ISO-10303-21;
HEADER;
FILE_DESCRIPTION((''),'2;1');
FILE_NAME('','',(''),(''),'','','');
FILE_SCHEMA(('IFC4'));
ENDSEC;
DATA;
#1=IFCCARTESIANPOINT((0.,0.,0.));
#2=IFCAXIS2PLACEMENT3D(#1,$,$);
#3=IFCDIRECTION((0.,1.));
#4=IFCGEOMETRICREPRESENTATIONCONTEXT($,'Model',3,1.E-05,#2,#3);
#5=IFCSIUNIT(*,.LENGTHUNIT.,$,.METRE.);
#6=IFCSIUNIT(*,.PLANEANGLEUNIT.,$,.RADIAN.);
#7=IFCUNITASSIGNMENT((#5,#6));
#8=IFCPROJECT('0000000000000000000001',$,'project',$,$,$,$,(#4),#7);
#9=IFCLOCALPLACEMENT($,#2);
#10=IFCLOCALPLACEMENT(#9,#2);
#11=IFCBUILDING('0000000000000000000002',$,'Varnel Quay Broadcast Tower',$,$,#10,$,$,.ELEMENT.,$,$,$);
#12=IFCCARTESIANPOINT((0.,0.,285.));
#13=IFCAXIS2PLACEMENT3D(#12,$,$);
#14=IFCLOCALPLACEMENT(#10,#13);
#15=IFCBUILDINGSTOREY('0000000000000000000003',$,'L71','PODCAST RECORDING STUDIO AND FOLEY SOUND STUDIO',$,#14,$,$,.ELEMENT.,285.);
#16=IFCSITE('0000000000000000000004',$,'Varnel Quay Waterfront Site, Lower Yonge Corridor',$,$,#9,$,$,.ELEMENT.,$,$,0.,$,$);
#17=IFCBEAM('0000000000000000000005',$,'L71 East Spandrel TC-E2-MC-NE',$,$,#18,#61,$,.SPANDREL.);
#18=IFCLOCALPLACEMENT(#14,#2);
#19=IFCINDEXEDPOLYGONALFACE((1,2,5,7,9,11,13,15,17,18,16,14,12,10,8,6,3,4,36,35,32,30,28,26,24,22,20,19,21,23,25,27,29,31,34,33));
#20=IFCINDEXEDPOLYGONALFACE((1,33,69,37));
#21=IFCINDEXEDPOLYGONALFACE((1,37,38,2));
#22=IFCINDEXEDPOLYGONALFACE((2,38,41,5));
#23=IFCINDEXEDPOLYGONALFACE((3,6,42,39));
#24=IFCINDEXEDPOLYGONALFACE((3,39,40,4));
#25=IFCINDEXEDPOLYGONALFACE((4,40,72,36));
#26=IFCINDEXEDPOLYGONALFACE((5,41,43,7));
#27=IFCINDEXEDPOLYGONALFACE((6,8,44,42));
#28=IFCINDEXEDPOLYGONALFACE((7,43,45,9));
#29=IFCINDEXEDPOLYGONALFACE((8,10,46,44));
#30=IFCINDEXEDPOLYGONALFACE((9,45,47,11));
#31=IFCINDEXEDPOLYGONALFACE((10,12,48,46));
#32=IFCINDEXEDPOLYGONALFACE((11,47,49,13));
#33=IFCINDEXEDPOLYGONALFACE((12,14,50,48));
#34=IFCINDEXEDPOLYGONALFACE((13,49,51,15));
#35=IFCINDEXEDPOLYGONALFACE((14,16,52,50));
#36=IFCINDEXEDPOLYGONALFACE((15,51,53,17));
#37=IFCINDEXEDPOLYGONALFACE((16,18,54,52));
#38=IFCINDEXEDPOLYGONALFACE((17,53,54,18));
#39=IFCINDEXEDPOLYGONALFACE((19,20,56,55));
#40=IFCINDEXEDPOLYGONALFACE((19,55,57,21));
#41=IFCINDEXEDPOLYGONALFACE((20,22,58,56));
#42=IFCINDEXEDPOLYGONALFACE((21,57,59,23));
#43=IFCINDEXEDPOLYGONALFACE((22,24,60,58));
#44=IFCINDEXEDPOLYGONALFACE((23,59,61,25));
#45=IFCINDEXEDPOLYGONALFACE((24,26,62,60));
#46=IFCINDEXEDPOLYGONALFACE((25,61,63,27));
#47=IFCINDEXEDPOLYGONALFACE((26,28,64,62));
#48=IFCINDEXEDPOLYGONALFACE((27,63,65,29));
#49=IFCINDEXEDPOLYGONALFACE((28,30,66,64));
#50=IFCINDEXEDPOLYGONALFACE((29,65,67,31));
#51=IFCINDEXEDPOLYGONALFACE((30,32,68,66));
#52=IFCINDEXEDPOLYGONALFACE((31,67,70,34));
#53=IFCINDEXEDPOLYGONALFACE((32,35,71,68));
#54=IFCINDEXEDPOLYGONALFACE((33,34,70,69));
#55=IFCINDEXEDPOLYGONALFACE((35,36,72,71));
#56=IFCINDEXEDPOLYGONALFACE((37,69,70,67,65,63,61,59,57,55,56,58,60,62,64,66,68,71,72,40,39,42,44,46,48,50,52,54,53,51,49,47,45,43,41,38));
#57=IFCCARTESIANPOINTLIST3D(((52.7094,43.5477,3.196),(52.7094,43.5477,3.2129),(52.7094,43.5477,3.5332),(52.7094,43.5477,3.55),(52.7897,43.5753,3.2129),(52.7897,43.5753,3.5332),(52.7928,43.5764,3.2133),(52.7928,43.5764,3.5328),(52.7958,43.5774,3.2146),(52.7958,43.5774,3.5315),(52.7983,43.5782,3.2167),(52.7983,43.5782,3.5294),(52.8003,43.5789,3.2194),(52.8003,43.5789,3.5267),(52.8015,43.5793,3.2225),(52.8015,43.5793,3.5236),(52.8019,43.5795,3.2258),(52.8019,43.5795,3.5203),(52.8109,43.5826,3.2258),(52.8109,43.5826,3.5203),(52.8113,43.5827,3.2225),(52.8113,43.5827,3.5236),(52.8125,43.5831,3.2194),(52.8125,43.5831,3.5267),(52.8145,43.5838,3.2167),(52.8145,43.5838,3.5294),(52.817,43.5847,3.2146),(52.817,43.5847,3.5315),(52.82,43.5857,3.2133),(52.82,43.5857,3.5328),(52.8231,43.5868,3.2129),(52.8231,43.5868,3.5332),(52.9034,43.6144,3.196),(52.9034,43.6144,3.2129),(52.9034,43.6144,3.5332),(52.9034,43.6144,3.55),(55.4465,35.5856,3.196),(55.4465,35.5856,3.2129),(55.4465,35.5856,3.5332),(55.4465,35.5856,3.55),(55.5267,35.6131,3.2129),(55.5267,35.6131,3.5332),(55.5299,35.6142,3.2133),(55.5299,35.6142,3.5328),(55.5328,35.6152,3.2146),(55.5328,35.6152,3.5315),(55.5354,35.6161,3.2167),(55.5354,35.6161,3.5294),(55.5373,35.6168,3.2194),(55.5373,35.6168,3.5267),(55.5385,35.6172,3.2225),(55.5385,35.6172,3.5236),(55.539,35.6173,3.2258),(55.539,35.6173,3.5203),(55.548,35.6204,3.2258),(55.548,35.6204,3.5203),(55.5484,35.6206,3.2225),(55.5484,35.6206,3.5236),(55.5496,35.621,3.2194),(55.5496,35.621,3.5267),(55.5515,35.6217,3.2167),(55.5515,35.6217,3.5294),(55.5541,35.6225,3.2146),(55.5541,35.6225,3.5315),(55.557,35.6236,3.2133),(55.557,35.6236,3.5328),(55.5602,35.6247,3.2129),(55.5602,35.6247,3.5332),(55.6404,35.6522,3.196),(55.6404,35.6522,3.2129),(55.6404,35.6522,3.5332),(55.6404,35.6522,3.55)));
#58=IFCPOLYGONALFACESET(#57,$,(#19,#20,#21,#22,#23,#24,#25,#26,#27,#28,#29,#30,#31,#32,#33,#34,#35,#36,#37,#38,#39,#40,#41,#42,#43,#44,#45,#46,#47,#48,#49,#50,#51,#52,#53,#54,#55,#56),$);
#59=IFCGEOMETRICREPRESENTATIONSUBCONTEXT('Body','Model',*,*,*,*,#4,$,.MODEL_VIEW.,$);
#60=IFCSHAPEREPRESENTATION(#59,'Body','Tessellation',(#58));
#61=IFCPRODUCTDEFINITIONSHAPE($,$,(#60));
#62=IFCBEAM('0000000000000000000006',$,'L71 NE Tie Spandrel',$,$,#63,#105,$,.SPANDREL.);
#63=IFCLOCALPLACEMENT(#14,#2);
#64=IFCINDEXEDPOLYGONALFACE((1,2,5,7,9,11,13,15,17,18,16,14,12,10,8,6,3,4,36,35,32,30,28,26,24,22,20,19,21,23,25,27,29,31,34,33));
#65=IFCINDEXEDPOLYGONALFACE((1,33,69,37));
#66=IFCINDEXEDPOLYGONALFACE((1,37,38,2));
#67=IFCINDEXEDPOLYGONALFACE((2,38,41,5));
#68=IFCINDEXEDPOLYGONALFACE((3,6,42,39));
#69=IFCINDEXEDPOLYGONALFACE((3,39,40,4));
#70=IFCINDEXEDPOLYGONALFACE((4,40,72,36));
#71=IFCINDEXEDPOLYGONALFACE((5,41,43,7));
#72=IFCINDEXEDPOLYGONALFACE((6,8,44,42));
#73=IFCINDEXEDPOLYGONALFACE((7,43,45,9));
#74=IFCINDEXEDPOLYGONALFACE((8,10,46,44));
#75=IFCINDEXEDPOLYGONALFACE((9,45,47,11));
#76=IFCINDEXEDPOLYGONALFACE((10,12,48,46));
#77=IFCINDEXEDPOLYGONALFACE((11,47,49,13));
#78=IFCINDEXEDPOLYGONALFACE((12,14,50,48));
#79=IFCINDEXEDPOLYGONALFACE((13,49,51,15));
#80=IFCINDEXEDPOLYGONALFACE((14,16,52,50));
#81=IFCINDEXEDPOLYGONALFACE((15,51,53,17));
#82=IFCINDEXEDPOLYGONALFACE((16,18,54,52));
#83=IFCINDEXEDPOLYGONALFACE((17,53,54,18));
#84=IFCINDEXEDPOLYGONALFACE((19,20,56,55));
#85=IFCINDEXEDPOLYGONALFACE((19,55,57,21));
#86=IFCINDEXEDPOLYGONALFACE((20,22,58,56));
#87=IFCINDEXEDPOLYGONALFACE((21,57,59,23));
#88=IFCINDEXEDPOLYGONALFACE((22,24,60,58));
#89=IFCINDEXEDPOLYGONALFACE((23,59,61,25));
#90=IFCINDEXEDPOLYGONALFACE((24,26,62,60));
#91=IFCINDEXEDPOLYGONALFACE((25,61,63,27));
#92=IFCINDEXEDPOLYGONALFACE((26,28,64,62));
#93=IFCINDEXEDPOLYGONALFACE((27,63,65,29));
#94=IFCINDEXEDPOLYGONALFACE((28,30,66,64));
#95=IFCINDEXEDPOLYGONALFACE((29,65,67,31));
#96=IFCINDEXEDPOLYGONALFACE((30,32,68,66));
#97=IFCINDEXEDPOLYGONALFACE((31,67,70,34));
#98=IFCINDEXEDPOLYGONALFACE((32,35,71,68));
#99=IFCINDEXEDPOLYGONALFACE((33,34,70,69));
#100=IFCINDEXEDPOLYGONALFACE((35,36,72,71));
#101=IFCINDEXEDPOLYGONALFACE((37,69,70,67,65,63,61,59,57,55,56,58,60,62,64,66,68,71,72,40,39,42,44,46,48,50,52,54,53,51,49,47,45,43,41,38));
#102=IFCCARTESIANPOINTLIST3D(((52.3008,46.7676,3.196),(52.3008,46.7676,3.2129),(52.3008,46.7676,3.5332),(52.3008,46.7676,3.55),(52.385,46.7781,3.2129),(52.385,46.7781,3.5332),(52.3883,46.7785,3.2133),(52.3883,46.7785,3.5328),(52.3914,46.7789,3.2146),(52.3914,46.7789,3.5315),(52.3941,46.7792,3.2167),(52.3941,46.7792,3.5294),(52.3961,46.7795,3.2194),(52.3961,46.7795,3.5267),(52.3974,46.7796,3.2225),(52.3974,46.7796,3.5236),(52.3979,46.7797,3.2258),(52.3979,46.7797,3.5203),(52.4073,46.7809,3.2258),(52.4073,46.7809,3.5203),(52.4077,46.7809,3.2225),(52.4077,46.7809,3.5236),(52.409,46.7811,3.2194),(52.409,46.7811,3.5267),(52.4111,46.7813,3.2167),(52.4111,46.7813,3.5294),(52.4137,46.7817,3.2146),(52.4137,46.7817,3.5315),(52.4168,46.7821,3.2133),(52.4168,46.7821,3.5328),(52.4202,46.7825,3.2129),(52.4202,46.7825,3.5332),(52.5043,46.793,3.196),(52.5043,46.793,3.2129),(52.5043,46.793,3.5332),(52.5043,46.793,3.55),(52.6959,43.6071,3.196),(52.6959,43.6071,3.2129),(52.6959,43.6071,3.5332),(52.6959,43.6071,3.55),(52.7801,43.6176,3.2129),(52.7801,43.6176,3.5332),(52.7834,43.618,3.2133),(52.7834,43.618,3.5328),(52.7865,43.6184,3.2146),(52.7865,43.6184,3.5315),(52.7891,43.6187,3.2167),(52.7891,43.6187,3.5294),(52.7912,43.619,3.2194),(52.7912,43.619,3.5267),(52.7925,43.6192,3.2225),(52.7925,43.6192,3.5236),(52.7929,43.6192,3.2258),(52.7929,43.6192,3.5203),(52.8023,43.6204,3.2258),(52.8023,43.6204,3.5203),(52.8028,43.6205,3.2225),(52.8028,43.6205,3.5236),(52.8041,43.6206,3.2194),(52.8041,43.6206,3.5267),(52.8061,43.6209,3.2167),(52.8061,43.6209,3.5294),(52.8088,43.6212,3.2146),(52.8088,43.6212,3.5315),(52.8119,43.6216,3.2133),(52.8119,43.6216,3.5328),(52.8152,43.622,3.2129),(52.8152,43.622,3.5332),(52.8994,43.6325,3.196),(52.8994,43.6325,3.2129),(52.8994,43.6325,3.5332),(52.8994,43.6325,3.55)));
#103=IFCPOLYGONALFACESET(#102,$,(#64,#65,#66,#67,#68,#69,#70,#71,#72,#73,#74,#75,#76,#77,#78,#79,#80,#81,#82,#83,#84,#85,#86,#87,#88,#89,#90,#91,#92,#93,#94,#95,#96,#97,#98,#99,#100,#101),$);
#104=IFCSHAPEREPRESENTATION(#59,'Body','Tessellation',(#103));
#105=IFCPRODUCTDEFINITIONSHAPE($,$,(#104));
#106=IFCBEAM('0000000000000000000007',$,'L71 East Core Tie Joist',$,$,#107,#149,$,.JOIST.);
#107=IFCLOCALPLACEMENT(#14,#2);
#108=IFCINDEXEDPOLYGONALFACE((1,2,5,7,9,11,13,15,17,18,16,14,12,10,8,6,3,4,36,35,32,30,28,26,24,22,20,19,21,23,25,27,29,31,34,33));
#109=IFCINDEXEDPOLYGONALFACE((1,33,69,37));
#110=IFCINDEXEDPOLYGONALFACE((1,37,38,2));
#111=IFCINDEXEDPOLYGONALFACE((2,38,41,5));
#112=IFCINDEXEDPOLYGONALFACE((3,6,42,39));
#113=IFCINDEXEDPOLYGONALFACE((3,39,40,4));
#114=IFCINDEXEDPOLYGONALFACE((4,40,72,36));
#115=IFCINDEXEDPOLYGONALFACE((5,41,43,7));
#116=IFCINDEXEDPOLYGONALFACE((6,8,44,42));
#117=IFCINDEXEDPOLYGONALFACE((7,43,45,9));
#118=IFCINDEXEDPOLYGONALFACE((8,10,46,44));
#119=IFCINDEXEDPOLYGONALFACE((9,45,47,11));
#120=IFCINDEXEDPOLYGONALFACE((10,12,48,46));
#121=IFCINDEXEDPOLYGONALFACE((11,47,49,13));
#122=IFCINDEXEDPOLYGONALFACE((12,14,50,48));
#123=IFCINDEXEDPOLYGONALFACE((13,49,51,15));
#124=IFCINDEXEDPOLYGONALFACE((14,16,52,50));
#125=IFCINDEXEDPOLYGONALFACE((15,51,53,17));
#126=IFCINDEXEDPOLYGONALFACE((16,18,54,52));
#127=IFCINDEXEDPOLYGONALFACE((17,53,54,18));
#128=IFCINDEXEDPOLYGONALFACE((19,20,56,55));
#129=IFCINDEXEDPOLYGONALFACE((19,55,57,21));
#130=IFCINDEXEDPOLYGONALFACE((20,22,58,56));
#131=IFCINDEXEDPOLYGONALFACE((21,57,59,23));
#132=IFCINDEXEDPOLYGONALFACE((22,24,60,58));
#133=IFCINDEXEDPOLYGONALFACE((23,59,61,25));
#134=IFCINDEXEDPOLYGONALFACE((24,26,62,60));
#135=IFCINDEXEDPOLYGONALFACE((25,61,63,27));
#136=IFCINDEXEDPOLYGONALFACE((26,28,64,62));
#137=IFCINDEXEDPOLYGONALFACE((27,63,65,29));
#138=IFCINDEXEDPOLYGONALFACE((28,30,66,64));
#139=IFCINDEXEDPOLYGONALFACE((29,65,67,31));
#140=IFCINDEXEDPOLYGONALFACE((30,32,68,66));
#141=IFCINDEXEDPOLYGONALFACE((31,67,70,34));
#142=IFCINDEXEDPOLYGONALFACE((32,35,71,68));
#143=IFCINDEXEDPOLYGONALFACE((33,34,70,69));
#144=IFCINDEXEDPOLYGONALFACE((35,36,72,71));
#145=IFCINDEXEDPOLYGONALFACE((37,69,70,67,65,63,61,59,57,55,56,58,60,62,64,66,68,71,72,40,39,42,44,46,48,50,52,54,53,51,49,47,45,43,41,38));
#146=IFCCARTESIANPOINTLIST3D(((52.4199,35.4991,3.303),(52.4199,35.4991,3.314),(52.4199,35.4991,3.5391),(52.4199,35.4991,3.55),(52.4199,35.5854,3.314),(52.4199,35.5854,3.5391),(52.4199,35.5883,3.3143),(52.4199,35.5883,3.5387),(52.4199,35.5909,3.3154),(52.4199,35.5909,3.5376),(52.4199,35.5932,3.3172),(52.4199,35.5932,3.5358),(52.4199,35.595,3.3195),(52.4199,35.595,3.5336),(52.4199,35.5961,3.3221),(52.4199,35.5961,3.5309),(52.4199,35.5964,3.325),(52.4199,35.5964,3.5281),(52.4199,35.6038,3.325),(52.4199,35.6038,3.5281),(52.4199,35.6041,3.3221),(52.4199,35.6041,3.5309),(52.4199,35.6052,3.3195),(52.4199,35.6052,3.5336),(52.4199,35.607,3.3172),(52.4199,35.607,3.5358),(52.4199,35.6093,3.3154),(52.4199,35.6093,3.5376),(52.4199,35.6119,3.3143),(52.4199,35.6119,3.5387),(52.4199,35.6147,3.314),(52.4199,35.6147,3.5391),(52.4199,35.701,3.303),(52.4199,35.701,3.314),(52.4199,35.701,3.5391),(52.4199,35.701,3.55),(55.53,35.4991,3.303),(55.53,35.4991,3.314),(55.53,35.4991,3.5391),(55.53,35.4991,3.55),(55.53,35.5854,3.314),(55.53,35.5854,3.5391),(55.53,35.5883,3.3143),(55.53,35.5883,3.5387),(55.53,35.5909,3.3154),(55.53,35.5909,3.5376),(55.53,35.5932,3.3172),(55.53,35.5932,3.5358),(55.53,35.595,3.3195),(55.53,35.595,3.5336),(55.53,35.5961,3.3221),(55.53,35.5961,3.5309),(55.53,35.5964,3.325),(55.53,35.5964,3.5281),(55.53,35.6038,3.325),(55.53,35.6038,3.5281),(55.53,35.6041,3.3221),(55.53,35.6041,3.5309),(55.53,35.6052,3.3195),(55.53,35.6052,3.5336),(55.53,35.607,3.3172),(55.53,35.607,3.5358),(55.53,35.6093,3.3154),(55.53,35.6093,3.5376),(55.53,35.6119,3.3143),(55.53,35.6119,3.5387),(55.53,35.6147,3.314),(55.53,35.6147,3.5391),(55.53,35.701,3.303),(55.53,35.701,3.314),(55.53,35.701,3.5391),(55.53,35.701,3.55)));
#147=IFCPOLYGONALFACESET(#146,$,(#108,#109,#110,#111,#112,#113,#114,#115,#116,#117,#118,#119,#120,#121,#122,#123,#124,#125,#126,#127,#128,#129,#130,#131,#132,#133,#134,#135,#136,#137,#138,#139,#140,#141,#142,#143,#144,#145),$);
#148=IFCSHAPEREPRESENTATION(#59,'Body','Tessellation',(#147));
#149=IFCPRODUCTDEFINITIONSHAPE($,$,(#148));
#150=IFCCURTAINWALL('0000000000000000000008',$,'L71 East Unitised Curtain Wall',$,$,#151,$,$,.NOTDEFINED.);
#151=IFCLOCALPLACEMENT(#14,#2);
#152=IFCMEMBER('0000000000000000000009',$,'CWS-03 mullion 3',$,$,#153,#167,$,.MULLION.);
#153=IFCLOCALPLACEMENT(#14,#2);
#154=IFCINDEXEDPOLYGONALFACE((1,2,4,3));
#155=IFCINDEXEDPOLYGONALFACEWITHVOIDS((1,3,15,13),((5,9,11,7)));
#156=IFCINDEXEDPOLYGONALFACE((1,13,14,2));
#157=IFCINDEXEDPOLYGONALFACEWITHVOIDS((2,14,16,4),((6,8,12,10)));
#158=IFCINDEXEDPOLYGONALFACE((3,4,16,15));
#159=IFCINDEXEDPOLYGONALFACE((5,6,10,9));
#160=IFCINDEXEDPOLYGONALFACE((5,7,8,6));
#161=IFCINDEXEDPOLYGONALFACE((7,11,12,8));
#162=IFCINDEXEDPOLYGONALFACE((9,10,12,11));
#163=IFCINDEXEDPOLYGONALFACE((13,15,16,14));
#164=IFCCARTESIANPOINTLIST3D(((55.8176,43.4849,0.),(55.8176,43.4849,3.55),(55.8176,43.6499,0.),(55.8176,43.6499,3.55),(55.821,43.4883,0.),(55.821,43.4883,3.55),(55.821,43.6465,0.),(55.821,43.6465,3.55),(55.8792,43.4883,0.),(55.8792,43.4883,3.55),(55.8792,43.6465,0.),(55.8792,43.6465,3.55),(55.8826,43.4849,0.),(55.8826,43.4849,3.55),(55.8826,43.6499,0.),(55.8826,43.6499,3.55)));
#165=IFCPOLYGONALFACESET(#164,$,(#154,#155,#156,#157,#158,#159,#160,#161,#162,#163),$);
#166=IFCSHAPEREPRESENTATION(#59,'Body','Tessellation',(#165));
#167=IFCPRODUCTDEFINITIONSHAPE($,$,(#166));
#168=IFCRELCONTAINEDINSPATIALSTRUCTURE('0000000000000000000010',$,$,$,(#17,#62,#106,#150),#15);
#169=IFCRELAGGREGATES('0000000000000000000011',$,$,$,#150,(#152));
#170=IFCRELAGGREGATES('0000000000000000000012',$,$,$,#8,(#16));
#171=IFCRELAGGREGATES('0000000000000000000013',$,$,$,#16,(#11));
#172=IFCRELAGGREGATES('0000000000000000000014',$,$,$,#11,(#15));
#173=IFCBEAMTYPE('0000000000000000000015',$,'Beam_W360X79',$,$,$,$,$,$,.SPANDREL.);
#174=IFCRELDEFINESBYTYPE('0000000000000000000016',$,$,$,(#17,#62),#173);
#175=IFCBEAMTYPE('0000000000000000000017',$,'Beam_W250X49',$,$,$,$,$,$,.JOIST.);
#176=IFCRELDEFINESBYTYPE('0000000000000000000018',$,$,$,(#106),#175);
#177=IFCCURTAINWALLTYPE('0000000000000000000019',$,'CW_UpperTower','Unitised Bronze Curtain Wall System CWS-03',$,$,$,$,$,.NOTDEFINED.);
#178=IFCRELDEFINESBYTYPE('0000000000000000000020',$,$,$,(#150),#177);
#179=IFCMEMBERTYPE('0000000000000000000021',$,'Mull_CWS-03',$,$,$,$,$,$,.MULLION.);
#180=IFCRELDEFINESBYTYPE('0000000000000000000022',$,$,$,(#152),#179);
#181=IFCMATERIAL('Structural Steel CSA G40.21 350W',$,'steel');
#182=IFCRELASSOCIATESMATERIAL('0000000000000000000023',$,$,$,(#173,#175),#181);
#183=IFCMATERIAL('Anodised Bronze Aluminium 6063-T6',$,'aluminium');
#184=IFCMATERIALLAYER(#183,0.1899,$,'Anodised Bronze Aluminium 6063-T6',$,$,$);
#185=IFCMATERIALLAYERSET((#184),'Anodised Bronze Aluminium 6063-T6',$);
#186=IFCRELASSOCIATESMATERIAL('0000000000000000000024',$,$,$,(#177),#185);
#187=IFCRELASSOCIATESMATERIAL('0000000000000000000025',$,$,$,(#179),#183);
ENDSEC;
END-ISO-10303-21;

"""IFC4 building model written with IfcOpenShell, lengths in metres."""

from ifc_helpers import new_model, si_unit, direction, frame, origin, origin_2d, place, context, subcontext, project, spatial, hollow_rectangle, i_section, extrude, source, transform, mapped, material, layer, layer_set, material_profile, profile_set, type_object, type_shapes, element, aggregate, save


model = new_model("IFC4")

# Units and contexts
model_context = context("Model", 3, precision=1e-05, world=origin(), true_north=direction((0.0, 1.0)))
body_context = subcontext(model_context, "Body", "Model", "MODEL_VIEW")
ifc_project = project(units=[si_unit("LENGTHUNIT", "METRE"), si_unit("PLANEANGLEUNIT", "RADIAN")], contexts=[model_context])

# Site, building, storey
site_placement = place(None, origin())
site = spatial("IfcSite", under=ifc_project, at=site_placement, Name="Varnel Quay Waterfront Site, Lower Yonge Corridor", CompositionType="ELEMENT", RefElevation=0.0)
building_placement = place(site_placement, origin())
building = spatial("IfcBuilding", under=site, at=building_placement, Name="Varnel Quay Broadcast Tower", CompositionType="ELEMENT")
storey_placement = place(building_placement, frame((0.0, 0.0, 285.0)))
storey = spatial("IfcBuildingStorey", under=building, at=storey_placement, Name="L71", Description="PODCAST RECORDING STUDIO AND FOLEY SOUND STUDIO", CompositionType="ELEMENT", Elevation=285.0)

# Shared definitions
ifc_material_1 = material(Name="Structural Steel CSA G40.21 350W", Category="steel")

# Beams
ifc_material_profile_1 = material_profile(ifc_material_1, i_section(OverallWidth=0.2051, OverallDepth=0.354, WebThickness=0.0095, FlangeThickness=0.0168, FilletRadius=0.0129, at=origin_2d()), Name="W360X79")
ifc_profile_set_1 = profile_set([ifc_material_profile_1], Name="Structural Steel CSA G40.21 350W")
beam_type_1 = type_object("IfcBeamType", Name="Beam_W360X79", PredefinedType="SPANDREL", material=ifc_profile_set_1)
shared_shape_1 = source(origin(), body_context, "Body", "SweptSolid", [
    extrude(i_section(OverallWidth=0.2051, OverallDepth=0.354, WebThickness=0.0095, FlangeThickness=0.0168, FilletRadius=0.0129, at=origin_2d()), origin(), (0.0, 0.0, 1.0), 8.4194),
])
beam_1_placement = place(storey_placement, frame((55.5435, 35.6189, 3.373), z_axis=(-0.325087, 0.945684, 0.0), x_axis=(-0.945684, -0.325087, 0.0)))
element("IfcBeam", 1, at=beam_1_placement, inside=storey, type_object=beam_type_1, Name="L71 East Spandrel TC-E2-MC-NE", PredefinedType="SPANDREL", context=body_context, shape_type="MappedRepresentation", body=[
    mapped(shared_shape_1, transform((0.0, 0.0, 0.0), x_axis=(1.0, 0.0, 0.0), y_axis=(0.0, 1.0, 0.0), z_axis=(0.0, 0.0, 1.0), scale=1.0)),
])
shared_shape_2 = source(origin(), body_context, "Body", "SweptSolid", [
    extrude(i_section(OverallWidth=0.2051, OverallDepth=0.354, WebThickness=0.0095, FlangeThickness=0.0168, FilletRadius=0.0129, at=origin_2d()), origin(), (0.0, 0.0, 1.0), 3.1851),
])
type_shapes(beam_type_1, [shared_shape_1, shared_shape_2])
beam_2_placement = place(storey_placement, frame((52.4026, 46.7803, 3.373), z_axis=(0.124025, -0.992279, 0.0), x_axis=(0.992279, 0.124025, 0.0)))
element("IfcBeam", 2, at=beam_2_placement, inside=storey, type_object=beam_type_1, Name="L71 NE Tie Spandrel", PredefinedType="SPANDREL", context=body_context, shape_type="MappedRepresentation", body=[
    mapped(shared_shape_2, transform((0.0, 0.0, 0.0), x_axis=(1.0, 0.0, 0.0), y_axis=(0.0, 1.0, 0.0), z_axis=(0.0, 0.0, 1.0), scale=1.0)),
])
ifc_material_profile_2 = material_profile(ifc_material_1, i_section(OverallWidth=0.2019, OverallDepth=0.2471, WebThickness=0.0073, FlangeThickness=0.011, FilletRadius=0.011, at=origin_2d()), Name="W250X49")
ifc_profile_set_2 = profile_set([ifc_material_profile_2], Name="Structural Steel CSA G40.21 350W")
beam_type_2 = type_object("IfcBeamType", Name="Beam_W250X49", PredefinedType="JOIST", material=ifc_profile_set_2)
shared_shape_3 = source(origin(), body_context, "Body", "SweptSolid", [
    extrude(i_section(OverallWidth=0.2019, OverallDepth=0.2471, WebThickness=0.0073, FlangeThickness=0.011, FilletRadius=0.011, at=origin_2d()), origin(), (0.0, 0.0, 1.0), 3.1101),
])
type_shapes(beam_type_2, [shared_shape_3])
beam_3_placement = place(storey_placement, frame((52.4199, 35.6001, 3.4265), z_axis=(1.0, 0.0, 0.0), x_axis=(0.0, 1.0, 0.0)))
element("IfcBeam", 3, at=beam_3_placement, inside=storey, type_object=beam_type_2, Name="L71 East Core Tie Joist", PredefinedType="JOIST", context=body_context, shape_type="MappedRepresentation", body=[
    mapped(shared_shape_3, transform((0.0, 0.0, 0.0), x_axis=(1.0, 0.0, 0.0), y_axis=(0.0, 1.0, 0.0), z_axis=(0.0, 0.0, 1.0), scale=1.0)),
])

# Curtain wall, member
ifc_material_2 = material(Name="Anodised Bronze Aluminium 6063-T6", Category="aluminium")
ifc_layer_1 = layer(ifc_material_2, 0.1899, Name="Anodised Bronze Aluminium 6063-T6")
ifc_layer_set_1 = layer_set([ifc_layer_1], Name="Anodised Bronze Aluminium 6063-T6")
curtain_wall_type = type_object("IfcCurtainWallType", Name="CW_UpperTower", Description="Unitised Bronze Curtain Wall System CWS-03", PredefinedType="NOTDEFINED", material=ifc_layer_set_1)
curtain_wall_placement = place(storey_placement, origin())
curtain_wall = element("IfcCurtainWall", 4, at=curtain_wall_placement, inside=storey, type_object=curtain_wall_type, Name="L71 East Unitised Curtain Wall", PredefinedType="NOTDEFINED")
ifc_material_profile_3 = material_profile(ifc_material_2, hollow_rectangle(XDim=0.0649, YDim=0.165, WallThickness=0.0034, at=origin_2d()), Name="ALU65X165X3.5")
ifc_profile_set_3 = profile_set([ifc_material_profile_3], Name="Anodised Bronze Aluminium 6063-T6")
member_type_1 = type_object("IfcMemberType", Name="Mull_CWS-03", PredefinedType="MULLION", material=ifc_profile_set_3)
shared_shape_4 = source(origin(), body_context, "Body", "SweptSolid", [
    extrude(hollow_rectangle(XDim=0.0649, YDim=0.165, WallThickness=0.0034, at=origin_2d()), origin(), (0.0, 0.0, 1.0), 3.55),
])
type_shapes(member_type_1, [shared_shape_4])
member_1_placement = place(storey_placement, frame((55.8501, 43.5674, 0.0), z_axis=(0.0, 0.0, 1.0), x_axis=(-1.0, 0.0, 0.0)))
member_1 = element("IfcMember", 5, at=member_1_placement, type_object=member_type_1, Name="CWS-03 mullion 3", PredefinedType="MULLION", context=body_context, shape_type="MappedRepresentation", body=[
    mapped(shared_shape_4, transform((0.0, 0.0, 0.0), x_axis=(1.0, 0.0, 0.0), y_axis=(0.0, 1.0, 0.0), z_axis=(0.0, 0.0, 1.0), scale=1.0)),
])

aggregate(curtain_wall, [member_1])

save(model, "model.ifc")
